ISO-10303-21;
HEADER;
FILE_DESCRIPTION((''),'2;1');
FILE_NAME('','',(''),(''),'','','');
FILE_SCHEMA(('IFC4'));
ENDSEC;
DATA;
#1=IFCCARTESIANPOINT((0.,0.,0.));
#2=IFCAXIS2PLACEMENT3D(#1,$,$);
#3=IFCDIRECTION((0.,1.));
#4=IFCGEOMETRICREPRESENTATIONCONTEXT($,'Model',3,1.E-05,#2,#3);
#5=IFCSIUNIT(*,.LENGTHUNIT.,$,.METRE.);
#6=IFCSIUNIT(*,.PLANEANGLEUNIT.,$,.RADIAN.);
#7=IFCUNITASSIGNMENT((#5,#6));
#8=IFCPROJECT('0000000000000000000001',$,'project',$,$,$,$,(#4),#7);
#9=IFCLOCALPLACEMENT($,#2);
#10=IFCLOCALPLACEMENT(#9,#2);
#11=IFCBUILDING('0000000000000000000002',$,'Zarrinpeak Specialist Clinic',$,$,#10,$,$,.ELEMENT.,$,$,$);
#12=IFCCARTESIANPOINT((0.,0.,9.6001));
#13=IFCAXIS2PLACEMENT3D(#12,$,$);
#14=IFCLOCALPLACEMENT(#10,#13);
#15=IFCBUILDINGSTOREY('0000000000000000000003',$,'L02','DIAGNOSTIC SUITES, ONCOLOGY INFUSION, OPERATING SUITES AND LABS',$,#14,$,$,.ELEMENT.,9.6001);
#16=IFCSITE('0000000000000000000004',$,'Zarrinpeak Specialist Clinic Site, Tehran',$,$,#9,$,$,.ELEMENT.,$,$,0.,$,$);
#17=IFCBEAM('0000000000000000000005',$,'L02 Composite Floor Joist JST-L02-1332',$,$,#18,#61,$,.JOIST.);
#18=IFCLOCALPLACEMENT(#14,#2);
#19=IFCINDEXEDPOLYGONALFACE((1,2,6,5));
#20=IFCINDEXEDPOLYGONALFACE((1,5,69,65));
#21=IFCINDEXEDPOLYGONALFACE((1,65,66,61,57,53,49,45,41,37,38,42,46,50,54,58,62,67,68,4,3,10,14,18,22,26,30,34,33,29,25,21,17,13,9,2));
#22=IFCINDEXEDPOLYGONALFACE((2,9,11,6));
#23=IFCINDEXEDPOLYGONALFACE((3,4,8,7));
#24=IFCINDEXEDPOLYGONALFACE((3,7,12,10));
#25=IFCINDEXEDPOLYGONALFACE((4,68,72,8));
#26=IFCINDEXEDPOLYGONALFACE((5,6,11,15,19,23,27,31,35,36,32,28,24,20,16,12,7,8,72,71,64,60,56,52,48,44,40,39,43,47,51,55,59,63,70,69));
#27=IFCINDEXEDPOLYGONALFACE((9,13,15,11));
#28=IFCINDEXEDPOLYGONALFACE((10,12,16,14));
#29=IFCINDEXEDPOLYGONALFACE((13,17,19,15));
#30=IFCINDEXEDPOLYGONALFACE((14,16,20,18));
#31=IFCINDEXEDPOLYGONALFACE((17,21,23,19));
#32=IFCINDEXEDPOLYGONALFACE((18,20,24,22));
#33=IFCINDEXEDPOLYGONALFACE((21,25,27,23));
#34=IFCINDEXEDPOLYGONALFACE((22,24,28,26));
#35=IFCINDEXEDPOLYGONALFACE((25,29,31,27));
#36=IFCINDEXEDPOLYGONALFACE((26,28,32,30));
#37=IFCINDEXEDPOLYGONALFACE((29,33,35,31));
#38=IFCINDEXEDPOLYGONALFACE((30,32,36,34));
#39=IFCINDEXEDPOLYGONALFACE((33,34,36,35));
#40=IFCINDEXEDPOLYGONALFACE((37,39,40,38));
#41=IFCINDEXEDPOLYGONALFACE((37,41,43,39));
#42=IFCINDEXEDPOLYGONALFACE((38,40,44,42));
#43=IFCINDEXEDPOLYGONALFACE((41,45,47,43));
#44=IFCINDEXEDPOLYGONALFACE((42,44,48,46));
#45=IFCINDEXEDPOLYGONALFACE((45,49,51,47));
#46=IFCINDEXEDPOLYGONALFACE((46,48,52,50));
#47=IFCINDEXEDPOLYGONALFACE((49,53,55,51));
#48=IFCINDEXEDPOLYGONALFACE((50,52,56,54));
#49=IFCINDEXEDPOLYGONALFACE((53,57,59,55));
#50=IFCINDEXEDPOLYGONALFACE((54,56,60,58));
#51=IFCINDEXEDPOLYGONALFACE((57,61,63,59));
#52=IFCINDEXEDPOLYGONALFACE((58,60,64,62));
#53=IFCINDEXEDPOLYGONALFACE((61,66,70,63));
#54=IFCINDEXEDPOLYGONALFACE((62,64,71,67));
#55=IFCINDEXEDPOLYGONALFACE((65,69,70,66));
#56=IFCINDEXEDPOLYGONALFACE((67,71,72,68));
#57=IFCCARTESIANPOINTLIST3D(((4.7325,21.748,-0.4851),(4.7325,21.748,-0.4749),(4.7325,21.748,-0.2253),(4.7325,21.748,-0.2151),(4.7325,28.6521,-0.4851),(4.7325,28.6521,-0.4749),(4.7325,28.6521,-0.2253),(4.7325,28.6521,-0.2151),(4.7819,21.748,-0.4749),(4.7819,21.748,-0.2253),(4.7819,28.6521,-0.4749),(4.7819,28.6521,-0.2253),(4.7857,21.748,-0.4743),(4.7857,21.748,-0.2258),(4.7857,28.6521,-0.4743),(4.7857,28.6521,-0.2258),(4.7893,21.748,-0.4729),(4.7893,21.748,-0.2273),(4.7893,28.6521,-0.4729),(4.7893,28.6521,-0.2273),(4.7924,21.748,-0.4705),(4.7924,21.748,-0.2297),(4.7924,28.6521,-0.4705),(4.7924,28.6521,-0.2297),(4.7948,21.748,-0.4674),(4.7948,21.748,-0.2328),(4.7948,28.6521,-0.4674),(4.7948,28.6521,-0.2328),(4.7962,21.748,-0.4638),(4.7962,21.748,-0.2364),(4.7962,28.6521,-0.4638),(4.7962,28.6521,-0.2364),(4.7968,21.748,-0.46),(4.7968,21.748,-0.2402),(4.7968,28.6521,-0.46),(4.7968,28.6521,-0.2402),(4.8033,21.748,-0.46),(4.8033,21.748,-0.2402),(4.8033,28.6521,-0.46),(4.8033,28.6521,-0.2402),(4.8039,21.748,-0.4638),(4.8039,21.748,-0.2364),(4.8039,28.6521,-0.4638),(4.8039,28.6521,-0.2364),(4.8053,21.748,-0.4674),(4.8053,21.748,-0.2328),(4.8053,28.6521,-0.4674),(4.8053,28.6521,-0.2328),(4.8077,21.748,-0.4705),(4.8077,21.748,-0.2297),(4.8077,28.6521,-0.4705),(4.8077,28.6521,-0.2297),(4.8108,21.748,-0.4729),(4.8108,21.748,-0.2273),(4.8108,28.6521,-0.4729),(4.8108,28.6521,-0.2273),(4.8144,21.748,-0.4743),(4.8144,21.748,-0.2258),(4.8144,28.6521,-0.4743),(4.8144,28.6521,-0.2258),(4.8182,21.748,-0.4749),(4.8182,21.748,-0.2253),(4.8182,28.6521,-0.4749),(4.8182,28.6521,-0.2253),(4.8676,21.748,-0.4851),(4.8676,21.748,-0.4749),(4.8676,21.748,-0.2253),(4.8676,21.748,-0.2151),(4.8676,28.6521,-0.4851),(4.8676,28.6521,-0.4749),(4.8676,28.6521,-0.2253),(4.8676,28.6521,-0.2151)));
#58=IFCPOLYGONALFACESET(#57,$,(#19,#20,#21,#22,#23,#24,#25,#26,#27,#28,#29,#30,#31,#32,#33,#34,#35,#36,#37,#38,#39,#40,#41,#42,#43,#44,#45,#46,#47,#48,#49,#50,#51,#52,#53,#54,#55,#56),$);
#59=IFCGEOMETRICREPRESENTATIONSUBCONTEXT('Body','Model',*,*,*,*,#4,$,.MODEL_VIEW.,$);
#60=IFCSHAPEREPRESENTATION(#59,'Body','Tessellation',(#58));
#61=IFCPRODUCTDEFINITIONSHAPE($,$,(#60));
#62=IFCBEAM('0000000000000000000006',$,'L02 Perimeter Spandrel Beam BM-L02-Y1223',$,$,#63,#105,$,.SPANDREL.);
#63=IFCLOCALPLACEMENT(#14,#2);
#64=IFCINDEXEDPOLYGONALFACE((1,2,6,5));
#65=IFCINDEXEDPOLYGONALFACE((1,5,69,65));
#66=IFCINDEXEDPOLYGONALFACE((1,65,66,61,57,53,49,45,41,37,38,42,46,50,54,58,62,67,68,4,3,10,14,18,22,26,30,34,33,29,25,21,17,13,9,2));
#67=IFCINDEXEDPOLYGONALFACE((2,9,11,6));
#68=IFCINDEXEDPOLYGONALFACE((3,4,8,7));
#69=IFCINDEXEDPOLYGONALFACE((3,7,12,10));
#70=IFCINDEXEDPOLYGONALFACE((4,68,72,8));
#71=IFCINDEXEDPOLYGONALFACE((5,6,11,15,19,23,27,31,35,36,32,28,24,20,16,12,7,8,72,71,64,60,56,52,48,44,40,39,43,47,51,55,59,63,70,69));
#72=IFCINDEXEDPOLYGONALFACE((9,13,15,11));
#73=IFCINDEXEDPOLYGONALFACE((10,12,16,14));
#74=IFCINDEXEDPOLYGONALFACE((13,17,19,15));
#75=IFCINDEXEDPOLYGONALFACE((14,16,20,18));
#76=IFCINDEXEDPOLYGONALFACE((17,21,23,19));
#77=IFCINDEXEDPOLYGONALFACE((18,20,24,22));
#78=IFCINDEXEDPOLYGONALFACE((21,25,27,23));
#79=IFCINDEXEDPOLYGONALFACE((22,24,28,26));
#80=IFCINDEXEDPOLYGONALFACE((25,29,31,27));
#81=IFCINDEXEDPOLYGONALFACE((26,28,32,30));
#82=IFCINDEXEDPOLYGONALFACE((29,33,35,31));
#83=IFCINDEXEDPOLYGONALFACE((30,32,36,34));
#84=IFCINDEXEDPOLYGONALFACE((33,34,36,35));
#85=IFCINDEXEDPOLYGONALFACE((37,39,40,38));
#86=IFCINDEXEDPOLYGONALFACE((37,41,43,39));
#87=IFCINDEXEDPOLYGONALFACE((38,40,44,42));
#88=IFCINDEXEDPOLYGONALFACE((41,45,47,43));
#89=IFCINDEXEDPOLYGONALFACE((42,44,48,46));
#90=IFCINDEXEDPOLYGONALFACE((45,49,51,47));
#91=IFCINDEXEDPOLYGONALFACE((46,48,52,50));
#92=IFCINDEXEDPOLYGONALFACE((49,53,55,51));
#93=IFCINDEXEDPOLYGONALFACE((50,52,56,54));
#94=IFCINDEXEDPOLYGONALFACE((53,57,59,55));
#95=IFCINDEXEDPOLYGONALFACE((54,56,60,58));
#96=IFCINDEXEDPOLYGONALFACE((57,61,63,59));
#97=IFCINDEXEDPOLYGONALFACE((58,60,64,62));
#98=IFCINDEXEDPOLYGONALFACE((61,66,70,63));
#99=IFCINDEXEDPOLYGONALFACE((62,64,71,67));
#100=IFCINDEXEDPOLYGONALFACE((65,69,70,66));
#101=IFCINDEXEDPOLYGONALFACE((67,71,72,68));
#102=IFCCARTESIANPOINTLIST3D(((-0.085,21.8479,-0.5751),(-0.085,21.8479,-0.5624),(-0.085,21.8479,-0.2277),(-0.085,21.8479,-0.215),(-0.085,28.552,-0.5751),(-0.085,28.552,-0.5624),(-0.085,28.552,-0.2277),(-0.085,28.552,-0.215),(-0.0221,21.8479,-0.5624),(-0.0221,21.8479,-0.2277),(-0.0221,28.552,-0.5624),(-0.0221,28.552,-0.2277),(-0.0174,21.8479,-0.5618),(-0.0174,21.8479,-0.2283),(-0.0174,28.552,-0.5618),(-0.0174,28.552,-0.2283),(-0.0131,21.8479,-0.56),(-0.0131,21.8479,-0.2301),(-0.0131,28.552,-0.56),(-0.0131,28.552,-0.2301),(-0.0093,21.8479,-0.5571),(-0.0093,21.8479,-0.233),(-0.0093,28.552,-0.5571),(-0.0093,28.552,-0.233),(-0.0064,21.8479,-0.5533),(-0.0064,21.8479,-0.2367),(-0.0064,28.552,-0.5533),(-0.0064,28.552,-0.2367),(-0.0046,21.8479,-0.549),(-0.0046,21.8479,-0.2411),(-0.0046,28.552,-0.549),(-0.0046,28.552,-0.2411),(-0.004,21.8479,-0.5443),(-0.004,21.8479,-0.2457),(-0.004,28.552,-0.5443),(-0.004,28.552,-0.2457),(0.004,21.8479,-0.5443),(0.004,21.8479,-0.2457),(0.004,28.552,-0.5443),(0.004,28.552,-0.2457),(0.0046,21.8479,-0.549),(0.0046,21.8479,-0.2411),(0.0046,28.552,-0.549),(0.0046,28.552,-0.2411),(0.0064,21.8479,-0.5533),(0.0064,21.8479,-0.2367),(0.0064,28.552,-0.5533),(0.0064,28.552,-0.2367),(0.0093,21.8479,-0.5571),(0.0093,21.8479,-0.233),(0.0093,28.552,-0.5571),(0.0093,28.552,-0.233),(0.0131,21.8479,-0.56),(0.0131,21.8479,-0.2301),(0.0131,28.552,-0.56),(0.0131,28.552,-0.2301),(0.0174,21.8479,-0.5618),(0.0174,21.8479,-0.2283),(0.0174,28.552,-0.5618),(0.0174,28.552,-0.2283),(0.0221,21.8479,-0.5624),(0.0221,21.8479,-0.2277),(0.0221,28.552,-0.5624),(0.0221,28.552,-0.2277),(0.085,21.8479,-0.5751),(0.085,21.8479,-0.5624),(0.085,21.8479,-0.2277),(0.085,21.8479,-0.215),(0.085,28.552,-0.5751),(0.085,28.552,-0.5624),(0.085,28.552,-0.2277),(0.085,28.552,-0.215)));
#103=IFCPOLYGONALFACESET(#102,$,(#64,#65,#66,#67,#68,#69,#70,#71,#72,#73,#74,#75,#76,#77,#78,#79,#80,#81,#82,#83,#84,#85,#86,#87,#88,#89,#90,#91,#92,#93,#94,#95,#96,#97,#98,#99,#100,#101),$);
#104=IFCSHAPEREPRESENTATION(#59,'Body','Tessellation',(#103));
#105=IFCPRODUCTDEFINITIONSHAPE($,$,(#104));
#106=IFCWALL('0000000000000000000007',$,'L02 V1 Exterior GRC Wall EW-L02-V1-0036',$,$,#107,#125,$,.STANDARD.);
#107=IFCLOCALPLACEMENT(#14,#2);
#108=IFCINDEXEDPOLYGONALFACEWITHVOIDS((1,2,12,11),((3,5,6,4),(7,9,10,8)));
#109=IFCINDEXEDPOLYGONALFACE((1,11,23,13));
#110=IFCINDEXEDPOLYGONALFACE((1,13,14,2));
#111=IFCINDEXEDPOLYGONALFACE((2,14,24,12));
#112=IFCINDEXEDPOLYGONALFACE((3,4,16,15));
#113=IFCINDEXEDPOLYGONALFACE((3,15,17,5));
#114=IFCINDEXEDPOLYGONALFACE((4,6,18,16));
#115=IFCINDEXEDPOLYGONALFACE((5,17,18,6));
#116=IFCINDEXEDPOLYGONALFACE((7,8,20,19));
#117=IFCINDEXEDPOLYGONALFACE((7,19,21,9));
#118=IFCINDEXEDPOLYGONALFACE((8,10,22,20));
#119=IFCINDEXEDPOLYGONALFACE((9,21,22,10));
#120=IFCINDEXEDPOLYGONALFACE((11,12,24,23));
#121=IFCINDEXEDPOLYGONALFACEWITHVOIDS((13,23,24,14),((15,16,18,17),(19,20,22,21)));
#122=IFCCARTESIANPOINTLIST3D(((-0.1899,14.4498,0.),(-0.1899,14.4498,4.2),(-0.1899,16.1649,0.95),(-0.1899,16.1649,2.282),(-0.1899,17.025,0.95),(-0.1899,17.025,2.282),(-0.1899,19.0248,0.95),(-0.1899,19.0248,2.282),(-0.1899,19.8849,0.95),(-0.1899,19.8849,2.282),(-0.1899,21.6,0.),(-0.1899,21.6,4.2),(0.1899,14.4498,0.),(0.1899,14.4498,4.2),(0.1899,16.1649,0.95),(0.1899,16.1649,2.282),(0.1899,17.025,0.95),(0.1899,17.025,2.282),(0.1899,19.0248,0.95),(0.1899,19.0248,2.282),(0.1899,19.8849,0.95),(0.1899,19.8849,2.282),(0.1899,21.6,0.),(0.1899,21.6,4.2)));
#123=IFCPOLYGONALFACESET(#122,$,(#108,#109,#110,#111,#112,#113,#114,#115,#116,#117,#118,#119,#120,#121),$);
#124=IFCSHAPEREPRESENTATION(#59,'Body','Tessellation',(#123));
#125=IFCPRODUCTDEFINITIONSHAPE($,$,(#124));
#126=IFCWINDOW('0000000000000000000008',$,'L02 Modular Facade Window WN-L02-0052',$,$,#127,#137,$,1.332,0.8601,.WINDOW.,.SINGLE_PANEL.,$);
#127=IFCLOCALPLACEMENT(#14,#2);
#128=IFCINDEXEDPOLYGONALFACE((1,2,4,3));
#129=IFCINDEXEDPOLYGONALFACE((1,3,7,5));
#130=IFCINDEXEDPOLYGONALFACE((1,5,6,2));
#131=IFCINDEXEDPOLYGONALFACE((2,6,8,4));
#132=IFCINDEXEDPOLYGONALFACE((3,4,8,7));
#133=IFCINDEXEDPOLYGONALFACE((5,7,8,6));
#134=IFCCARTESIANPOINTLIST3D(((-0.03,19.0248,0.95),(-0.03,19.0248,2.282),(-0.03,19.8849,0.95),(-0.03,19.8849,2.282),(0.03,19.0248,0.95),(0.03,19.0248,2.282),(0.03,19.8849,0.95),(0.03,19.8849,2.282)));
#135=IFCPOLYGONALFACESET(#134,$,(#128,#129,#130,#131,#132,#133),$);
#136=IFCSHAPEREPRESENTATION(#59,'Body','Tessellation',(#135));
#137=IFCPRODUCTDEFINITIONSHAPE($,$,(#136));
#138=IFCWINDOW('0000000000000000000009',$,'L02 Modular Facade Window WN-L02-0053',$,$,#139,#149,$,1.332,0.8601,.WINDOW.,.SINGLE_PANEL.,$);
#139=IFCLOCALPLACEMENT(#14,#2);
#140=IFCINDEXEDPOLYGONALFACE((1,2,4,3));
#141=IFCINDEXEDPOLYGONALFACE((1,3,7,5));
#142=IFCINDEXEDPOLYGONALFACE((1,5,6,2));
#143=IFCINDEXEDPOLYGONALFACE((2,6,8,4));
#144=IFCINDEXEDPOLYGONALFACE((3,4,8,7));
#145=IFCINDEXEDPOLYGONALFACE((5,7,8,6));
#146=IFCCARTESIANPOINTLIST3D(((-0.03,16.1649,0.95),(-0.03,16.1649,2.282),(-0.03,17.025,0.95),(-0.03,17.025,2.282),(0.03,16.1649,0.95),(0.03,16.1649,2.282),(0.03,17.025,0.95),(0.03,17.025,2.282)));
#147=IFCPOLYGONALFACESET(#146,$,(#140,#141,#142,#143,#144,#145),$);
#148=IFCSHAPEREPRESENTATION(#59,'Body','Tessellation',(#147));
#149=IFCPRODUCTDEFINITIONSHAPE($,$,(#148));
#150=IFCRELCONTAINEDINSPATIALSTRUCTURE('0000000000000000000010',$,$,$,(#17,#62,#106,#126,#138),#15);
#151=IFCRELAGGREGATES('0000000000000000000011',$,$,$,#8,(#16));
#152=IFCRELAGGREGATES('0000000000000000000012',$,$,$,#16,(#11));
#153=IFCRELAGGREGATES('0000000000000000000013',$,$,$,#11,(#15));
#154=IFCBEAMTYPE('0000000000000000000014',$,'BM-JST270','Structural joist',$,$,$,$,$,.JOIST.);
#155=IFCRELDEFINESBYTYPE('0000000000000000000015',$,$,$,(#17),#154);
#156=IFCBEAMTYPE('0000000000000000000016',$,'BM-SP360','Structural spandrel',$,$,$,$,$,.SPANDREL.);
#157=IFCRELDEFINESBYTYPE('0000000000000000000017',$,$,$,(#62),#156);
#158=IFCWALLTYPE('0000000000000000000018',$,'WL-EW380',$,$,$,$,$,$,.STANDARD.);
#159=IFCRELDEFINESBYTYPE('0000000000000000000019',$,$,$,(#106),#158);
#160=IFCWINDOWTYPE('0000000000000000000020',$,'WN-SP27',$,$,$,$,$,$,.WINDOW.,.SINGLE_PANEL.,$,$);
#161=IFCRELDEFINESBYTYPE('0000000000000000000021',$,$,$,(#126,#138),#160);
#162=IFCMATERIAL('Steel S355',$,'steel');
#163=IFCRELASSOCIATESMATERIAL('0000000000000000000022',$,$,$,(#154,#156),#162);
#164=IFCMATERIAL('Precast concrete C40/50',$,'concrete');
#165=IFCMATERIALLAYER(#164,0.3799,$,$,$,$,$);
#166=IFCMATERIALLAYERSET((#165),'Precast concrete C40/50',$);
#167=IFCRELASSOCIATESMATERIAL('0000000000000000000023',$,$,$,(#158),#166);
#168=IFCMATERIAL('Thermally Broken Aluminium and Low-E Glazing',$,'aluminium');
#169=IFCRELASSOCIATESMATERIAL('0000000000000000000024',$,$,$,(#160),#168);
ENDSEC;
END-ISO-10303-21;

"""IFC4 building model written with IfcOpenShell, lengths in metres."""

from ifc_helpers import new_model, si_unit, direction, frame, frame_2d, origin, origin_2d, place, context, subcontext, project, spatial, rectangle, i_section, extrude, material, layer, layer_set, material_profile, profile_set, type_object, element, fill, save


model = new_model("IFC4")

# Units and contexts
model_context = context("Model", 3, precision=1e-05, world=origin(), true_north=direction((0.0, 1.0)))
body_context = subcontext(model_context, "Body", "Model", "MODEL_VIEW")
ifc_project = project(units=[si_unit("LENGTHUNIT", "METRE"), si_unit("PLANEANGLEUNIT", "RADIAN")], contexts=[model_context])

# Site, building, storey
site_placement = place(None, origin())
site = spatial("IfcSite", under=ifc_project, at=site_placement, Name="Zarrinpeak Specialist Clinic Site, Tehran", CompositionType="ELEMENT", RefElevation=0.0)
building_placement = place(site_placement, origin())
building = spatial("IfcBuilding", under=site, at=building_placement, Name="Zarrinpeak Specialist Clinic", CompositionType="ELEMENT")
storey_placement = place(building_placement, frame((0.0, 0.0, 9.6001)))
storey = spatial("IfcBuildingStorey", under=building, at=storey_placement, Name="L02", Description="DIAGNOSTIC SUITES, ONCOLOGY INFUSION, OPERATING SUITES AND LABS", CompositionType="ELEMENT", Elevation=9.6001)

# Shared definitions
ifc_material_1 = material(Name="Steel S355", Category="steel")

# Beams
ifc_material_profile_1 = material_profile(ifc_material_1, i_section(OverallWidth=0.135, OverallDepth=0.27, WebThickness=0.0066, FlangeThickness=0.0103, FilletRadius=0.0149, at=origin_2d()), Name="IPE 270")
ifc_profile_set_1 = profile_set([ifc_material_profile_1], Name="Steel S355")
beam_type_1 = type_object("IfcBeamType", Name="BM-JST270", Description="Structural joist", PredefinedType="JOIST", material=ifc_profile_set_1)
for number, where, z_axis, x_axis, name in (
    (1, (4.8, 21.748, -0.3501), (0.0, 1.0, 0.0), (-1.0, 0.0, 0.0), "L02 Composite Floor Joist JST-L02-1332"),
):
    element("IfcBeam", number, at=place(storey_placement, frame(where, z_axis=z_axis, x_axis=x_axis)), inside=storey, type_object=beam_type_1, Name=name, PredefinedType="JOIST", context=body_context, shape_type="SweptSolid", body=[
        extrude(i_section(OverallWidth=0.135, OverallDepth=0.27, WebThickness=0.0066, FlangeThickness=0.0103, FilletRadius=0.0149, at=origin_2d()), origin(), (0.0, 0.0, 1.0), 6.9041),
    ])
ifc_material_profile_2 = material_profile(ifc_material_1, i_section(OverallWidth=0.1699, OverallDepth=0.3601, WebThickness=0.0081, FlangeThickness=0.0127, FilletRadius=0.0181, at=origin_2d()), Name="IPE 360")
ifc_profile_set_2 = profile_set([ifc_material_profile_2], Name="Steel S355")
beam_type_2 = type_object("IfcBeamType", Name="BM-SP360", Description="Structural spandrel", PredefinedType="SPANDREL", material=ifc_profile_set_2)
beam_placement = place(storey_placement, frame((0.0, 21.8479, -0.395), z_axis=(0.0, 1.0, 0.0), x_axis=(-1.0, 0.0, 0.0)))
element("IfcBeam", 2, at=beam_placement, inside=storey, type_object=beam_type_2, Name="L02 Perimeter Spandrel Beam BM-L02-Y1223", PredefinedType="SPANDREL", context=body_context, shape_type="SweptSolid", body=[
    extrude(i_section(OverallWidth=0.1699, OverallDepth=0.3601, WebThickness=0.0081, FlangeThickness=0.0127, FilletRadius=0.0181, at=origin_2d()), origin(), (0.0, 0.0, 1.0), 6.7041),
])

# Wall, openings, windows
ifc_material_2 = material(Name="Precast concrete C40/50", Category="concrete")
ifc_layer_1 = layer(ifc_material_2, 0.3799)
ifc_layer_set_1 = layer_set([ifc_layer_1], Name="Precast concrete C40/50")
wall_type_1 = type_object("IfcWallType", Name="WL-EW380", PredefinedType="STANDARD", material=ifc_layer_set_1)
wall_1_placement = place(storey_placement, frame((0.0, 21.6001, 0.0), z_axis=(0.0, 0.0, 1.0), x_axis=(0.0, -1.0, 0.0)))
wall_1 = element("IfcWall", 3, at=wall_1_placement, inside=storey, type_object=wall_type_1, Name="L02 V1 Exterior GRC Wall EW-L02-V1-0036", PredefinedType="STANDARD", context=body_context, shape_type="SweptSolid", body=[
    extrude(rectangle(XDim=7.1501, YDim=0.3799, at=frame_2d((3.5752, 0.0))), origin(), (0.0, 0.0, 1.0), 4.2),
])
opening_1_placement = place(wall_1_placement, frame((1.7151, 0.0, 0.95)))
opening_1 = element("IfcOpeningElement", 4, at=opening_1_placement, cuts=wall_1, PredefinedType="OPENING", context=body_context, shape_type="SweptSolid", body=[
    extrude(rectangle(XDim=0.8601, YDim=1.332, at=frame_2d((0.4302, 0.666))), frame((0.0, 0.2, 0.0), z_axis=(0.0, -1.0, 0.0), x_axis=(1.0, 0.0, 0.0)), (0.0, 0.0, 1.0), 0.3999),
])
opening_2_placement = place(wall_1_placement, frame((4.575, 0.0, 0.95)))
opening_2 = element("IfcOpeningElement", 5, at=opening_2_placement, cuts=wall_1, PredefinedType="OPENING", context=body_context, shape_type="SweptSolid", body=[
    extrude(rectangle(XDim=0.8601, YDim=1.332, at=frame_2d((0.4302, 0.666))), frame((0.0, 0.2, 0.0), z_axis=(0.0, -1.0, 0.0), x_axis=(1.0, 0.0, 0.0)), (0.0, 0.0, 1.0), 0.3999),
])
ifc_material_3 = material(Name="Thermally Broken Aluminium and Low-E Glazing", Category="aluminium")
window_type_1 = type_object("IfcWindowType", Name="WN-SP27", PartitioningType="SINGLE_PANEL", PredefinedType="WINDOW", material=ifc_material_3)
window_1_placement = place(opening_1_placement, origin())
window_1 = element("IfcWindow", 6, at=window_1_placement, inside=storey, type_object=window_type_1, Name="L02 Modular Facade Window WN-L02-0052", OverallHeight=1.332, OverallWidth=0.8601, PartitioningType="SINGLE_PANEL", PredefinedType="WINDOW", context=body_context, shape_type="SweptSolid", body=[
    extrude(rectangle(XDim=0.8601, YDim=1.332, at=frame_2d((0.4302, 0.666))), frame((0.0, 0.03, 0.0), z_axis=(0.0, -1.0, 0.0), x_axis=(1.0, 0.0, 0.0)), (0.0, 0.0, 1.0), 0.0601),
])
fill(opening_1, window_1)
window_2_placement = place(opening_2_placement, origin())
window_2 = element("IfcWindow", 7, at=window_2_placement, inside=storey, type_object=window_type_1, Name="L02 Modular Facade Window WN-L02-0053", OverallHeight=1.332, OverallWidth=0.8601, PartitioningType="SINGLE_PANEL", PredefinedType="WINDOW", context=body_context, shape_type="SweptSolid", body=[
    extrude(rectangle(XDim=0.8601, YDim=1.332, at=frame_2d((0.4302, 0.666))), frame((0.0, 0.03, 0.0), z_axis=(0.0, -1.0, 0.0), x_axis=(1.0, 0.0, 0.0)), (0.0, 0.0, 1.0), 0.0601),
])
fill(opening_2, window_2)

save(model, "model.ifc")
